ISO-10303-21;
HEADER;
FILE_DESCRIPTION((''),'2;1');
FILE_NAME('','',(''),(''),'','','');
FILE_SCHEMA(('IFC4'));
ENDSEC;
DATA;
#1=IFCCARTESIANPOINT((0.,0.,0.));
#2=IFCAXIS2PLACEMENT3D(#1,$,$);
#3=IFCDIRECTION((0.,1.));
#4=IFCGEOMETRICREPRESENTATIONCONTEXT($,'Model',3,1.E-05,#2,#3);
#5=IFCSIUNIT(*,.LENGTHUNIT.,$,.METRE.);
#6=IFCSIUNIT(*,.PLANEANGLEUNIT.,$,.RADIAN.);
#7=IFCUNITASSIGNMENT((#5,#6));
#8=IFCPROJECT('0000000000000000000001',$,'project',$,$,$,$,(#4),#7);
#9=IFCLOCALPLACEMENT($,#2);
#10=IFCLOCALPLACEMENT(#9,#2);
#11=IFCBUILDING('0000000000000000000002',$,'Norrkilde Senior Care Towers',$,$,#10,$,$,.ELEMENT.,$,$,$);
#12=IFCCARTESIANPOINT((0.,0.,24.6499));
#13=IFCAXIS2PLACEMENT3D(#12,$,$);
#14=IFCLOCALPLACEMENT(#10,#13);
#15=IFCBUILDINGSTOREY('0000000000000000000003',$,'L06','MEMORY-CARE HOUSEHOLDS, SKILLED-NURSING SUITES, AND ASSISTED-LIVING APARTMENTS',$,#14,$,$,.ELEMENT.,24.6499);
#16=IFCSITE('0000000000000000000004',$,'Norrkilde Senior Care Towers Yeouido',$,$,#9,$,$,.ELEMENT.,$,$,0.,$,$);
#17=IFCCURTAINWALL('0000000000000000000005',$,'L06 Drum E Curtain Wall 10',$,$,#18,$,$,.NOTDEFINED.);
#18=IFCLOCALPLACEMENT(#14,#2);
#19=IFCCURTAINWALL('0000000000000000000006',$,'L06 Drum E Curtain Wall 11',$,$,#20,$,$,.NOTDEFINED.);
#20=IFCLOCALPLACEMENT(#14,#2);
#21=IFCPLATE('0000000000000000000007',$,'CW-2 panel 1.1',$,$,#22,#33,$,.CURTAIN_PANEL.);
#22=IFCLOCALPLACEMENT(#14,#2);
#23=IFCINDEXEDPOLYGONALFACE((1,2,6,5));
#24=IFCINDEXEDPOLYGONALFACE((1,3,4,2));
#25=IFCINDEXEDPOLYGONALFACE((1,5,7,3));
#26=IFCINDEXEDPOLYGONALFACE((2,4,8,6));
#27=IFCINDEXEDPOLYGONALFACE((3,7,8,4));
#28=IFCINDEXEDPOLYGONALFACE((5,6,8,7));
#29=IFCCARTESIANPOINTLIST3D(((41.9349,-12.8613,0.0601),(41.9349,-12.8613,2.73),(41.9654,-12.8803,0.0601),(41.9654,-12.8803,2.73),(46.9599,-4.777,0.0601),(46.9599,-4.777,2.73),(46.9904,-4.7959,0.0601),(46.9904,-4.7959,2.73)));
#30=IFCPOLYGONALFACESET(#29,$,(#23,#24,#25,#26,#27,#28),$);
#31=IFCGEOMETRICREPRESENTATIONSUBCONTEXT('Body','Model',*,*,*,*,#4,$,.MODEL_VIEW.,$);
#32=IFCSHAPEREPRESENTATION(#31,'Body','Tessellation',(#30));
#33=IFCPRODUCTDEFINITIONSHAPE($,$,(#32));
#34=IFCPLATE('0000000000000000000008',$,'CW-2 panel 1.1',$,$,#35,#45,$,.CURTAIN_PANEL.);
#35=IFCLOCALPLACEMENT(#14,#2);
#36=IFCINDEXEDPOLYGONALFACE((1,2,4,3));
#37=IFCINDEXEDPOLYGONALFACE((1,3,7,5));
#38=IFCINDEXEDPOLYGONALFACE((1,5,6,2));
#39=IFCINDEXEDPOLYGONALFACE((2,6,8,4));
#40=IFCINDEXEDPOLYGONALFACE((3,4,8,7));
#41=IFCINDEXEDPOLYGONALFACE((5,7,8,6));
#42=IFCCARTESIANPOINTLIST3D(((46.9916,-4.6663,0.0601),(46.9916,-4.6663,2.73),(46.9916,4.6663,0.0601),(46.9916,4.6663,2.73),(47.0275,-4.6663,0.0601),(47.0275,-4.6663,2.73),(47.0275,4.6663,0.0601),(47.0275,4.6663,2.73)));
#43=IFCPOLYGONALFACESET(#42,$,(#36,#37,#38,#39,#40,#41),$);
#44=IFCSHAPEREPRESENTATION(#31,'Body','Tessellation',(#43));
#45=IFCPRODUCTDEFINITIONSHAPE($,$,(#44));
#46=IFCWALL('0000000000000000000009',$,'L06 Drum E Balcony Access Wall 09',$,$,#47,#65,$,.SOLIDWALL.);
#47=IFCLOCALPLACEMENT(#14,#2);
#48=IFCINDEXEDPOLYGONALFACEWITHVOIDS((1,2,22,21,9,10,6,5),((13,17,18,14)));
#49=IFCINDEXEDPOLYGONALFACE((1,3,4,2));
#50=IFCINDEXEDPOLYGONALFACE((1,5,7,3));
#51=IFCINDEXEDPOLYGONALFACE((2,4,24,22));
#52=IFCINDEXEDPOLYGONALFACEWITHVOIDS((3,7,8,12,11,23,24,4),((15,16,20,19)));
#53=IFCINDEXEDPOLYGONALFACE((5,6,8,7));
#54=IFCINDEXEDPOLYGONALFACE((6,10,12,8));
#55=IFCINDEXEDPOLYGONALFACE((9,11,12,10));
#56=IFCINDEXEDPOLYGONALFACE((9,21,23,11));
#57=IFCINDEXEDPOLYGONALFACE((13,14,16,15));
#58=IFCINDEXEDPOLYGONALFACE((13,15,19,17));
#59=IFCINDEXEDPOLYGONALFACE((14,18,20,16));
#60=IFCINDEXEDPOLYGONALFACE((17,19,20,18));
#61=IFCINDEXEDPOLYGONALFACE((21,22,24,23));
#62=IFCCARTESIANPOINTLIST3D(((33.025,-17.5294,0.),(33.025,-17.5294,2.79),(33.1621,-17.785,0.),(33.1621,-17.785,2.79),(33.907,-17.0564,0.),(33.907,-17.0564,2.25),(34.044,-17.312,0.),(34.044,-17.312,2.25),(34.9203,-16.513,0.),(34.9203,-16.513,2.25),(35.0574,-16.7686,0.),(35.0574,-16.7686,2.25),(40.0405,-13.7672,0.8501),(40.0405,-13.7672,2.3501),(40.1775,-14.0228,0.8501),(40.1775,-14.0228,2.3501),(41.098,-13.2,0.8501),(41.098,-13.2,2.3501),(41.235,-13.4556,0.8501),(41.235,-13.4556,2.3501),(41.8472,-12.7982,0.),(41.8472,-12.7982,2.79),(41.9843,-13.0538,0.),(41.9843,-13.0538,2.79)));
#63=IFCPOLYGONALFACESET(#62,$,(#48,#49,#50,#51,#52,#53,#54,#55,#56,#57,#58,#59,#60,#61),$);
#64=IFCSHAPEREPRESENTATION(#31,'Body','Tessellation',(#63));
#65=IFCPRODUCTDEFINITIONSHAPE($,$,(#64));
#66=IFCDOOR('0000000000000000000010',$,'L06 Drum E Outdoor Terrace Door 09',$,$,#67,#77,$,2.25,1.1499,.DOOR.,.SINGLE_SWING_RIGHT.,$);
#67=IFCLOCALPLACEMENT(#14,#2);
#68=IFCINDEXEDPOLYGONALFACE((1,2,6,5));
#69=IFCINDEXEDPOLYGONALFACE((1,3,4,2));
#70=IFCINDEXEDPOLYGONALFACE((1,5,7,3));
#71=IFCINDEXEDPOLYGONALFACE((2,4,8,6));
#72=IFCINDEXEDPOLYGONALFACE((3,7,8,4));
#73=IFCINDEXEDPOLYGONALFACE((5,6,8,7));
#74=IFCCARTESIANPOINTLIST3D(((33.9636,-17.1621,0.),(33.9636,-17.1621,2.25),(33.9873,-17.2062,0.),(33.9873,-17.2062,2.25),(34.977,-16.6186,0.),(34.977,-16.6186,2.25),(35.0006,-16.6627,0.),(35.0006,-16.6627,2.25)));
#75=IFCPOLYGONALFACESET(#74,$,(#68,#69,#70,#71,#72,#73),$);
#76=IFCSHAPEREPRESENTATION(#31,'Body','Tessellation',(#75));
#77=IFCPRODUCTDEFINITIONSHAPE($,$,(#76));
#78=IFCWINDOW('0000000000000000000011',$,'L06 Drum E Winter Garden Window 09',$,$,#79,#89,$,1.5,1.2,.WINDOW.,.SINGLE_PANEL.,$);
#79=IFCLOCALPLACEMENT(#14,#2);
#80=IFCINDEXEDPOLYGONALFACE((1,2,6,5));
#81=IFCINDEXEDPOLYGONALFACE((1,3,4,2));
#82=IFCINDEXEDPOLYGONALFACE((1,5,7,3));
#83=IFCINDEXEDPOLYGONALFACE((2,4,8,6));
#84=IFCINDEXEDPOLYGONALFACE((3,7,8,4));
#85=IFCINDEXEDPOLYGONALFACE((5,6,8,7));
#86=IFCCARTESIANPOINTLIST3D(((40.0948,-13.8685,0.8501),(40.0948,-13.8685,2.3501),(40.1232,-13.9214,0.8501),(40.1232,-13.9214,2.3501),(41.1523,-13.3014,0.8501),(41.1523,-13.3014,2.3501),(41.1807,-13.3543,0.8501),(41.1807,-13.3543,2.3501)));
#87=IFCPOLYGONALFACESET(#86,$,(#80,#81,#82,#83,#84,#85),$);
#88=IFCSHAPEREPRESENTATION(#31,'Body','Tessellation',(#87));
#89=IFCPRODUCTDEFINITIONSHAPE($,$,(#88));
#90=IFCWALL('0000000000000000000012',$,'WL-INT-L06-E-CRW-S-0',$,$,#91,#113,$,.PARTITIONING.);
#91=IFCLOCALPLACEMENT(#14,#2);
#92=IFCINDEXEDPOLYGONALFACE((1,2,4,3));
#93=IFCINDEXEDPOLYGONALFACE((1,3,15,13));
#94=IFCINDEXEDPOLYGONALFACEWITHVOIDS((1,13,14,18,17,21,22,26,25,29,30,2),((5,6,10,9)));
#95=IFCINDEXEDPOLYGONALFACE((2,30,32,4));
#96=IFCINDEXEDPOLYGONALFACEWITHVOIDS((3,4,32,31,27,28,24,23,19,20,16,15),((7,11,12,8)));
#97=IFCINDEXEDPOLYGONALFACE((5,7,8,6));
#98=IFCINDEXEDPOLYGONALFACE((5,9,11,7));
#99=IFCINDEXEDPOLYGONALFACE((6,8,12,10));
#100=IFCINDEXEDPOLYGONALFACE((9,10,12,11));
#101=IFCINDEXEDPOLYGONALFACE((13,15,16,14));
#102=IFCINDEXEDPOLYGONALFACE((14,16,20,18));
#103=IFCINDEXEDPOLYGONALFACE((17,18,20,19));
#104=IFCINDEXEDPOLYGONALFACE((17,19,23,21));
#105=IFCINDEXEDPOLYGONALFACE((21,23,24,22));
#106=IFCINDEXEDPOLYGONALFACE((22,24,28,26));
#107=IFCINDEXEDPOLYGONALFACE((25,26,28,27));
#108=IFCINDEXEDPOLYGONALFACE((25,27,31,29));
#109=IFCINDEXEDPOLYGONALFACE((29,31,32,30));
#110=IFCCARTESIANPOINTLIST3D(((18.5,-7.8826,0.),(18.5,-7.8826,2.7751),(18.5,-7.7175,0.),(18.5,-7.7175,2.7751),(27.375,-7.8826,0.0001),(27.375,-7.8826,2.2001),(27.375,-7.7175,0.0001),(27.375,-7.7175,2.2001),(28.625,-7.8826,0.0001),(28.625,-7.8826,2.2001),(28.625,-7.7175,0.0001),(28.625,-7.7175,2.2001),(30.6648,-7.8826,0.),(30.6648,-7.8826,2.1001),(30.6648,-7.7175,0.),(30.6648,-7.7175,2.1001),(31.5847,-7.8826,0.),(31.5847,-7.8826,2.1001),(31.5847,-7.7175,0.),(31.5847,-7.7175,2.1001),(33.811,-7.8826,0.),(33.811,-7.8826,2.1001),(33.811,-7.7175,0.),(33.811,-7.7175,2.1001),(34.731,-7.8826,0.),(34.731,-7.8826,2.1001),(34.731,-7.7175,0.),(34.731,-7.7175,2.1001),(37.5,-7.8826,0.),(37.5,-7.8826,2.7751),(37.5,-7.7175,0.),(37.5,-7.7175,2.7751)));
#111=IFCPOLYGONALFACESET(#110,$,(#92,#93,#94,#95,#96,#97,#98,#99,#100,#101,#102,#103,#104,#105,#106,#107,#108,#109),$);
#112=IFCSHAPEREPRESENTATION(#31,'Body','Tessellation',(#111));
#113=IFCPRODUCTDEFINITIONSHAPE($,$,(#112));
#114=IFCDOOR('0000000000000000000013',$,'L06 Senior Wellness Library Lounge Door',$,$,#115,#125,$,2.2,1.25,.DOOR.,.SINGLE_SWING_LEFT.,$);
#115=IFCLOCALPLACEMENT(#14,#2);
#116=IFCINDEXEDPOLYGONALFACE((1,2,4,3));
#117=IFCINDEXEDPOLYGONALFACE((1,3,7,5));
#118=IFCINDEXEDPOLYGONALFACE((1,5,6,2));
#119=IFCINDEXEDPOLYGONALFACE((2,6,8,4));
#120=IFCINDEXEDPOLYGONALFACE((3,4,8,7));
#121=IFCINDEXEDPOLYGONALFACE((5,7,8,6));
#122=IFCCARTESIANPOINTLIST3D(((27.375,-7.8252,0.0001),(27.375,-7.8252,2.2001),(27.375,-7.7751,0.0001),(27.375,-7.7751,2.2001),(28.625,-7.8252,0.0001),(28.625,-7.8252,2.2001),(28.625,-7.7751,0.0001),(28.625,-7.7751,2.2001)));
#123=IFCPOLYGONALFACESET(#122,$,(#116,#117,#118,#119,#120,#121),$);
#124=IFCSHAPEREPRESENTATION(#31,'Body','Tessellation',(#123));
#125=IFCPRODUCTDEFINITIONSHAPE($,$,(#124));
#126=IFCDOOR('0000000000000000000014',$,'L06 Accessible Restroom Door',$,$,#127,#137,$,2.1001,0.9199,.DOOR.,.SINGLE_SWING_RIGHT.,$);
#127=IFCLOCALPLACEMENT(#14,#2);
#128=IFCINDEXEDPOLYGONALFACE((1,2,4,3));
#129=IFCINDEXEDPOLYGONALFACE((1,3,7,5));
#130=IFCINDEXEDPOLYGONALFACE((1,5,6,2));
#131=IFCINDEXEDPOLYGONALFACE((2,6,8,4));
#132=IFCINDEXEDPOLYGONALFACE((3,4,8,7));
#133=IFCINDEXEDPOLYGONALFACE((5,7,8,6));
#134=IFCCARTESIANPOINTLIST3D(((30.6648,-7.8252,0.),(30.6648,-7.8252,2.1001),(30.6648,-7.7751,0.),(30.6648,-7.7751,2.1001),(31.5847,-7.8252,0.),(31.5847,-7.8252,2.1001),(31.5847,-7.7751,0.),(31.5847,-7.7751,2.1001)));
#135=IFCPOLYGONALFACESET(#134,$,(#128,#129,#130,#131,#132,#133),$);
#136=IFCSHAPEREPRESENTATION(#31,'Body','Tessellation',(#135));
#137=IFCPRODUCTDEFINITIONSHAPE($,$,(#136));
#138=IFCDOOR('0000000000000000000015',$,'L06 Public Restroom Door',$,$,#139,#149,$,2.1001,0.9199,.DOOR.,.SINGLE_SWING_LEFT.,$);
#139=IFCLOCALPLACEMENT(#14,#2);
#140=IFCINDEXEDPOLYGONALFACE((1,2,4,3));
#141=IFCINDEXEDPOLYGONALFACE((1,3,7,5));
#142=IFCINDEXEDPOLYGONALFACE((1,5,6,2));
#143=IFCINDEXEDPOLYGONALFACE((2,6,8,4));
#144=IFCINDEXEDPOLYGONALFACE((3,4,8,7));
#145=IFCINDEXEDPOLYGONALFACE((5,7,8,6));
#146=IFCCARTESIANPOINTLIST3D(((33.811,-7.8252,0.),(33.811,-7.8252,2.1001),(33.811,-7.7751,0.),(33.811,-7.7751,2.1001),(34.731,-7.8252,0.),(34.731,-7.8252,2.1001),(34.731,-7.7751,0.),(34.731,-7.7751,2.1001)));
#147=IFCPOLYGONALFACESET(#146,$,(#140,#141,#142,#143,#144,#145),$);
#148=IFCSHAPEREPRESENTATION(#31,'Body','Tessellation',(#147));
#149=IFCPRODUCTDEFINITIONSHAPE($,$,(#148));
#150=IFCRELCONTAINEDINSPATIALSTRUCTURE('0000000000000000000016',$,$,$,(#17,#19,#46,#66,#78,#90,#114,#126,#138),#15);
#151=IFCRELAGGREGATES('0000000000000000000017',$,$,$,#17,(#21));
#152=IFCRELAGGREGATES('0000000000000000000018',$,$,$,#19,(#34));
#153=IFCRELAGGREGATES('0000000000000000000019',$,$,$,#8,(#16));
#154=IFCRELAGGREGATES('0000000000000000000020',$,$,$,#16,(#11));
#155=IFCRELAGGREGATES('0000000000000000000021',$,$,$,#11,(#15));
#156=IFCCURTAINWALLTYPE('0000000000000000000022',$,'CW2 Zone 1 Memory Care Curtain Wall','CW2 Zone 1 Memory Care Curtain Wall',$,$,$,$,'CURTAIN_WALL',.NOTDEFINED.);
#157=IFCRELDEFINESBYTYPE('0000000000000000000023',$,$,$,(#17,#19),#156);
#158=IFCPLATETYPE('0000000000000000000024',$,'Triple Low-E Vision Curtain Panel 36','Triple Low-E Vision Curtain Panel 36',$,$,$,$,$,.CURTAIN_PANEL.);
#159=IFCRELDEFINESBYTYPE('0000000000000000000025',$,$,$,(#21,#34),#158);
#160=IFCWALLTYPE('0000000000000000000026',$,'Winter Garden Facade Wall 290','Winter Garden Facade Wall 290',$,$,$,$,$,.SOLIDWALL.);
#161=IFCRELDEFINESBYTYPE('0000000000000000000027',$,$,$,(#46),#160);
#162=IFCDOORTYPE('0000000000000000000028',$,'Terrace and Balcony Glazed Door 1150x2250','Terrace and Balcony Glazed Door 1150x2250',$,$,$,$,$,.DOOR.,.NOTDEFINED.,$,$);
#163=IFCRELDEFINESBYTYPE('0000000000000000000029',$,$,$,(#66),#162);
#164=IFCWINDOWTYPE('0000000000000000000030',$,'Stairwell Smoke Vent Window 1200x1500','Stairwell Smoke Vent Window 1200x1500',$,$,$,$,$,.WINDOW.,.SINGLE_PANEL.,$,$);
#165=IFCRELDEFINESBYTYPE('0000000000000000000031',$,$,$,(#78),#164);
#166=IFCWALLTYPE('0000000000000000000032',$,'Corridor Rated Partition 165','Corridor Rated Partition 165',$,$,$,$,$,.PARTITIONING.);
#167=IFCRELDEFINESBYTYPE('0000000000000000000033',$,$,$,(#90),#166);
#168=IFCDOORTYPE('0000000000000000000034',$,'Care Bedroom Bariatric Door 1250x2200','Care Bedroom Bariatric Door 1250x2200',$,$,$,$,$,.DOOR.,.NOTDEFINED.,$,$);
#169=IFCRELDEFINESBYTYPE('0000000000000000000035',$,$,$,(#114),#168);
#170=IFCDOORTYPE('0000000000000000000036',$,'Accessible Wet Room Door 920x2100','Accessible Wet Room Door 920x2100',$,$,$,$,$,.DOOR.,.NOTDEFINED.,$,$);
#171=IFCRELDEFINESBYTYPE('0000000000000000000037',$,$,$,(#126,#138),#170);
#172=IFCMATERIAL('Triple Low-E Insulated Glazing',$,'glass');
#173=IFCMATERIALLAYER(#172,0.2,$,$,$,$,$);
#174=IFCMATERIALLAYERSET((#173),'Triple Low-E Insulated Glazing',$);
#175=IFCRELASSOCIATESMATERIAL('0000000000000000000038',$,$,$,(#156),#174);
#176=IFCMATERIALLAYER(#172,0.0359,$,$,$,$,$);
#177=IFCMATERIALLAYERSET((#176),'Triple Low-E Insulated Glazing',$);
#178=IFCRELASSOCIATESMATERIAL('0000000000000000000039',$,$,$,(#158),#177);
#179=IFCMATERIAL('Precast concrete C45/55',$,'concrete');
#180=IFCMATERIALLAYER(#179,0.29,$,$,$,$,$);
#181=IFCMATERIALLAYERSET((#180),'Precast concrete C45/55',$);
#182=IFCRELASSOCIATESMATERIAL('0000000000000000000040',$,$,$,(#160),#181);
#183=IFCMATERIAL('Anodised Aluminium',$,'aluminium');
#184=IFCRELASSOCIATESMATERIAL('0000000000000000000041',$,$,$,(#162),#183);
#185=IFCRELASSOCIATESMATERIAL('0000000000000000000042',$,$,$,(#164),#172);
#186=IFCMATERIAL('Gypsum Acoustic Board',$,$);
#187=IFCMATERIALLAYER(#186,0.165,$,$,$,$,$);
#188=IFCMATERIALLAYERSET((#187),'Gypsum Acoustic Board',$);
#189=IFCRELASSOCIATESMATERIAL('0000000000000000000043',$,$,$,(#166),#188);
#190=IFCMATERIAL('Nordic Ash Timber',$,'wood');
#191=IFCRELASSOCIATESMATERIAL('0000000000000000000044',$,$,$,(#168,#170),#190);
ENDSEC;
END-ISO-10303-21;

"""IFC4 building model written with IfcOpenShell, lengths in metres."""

from ifc_helpers import new_model, si_unit, direction, frame, frame_2d, origin, origin_2d, place, context, subcontext, project, spatial, rectangle, extrude, source, transform, mapped, material, layer, layer_set, type_object, type_shapes, element, fill, aggregate, save


model = new_model("IFC4")

# Units and contexts
model_context = context("Model", 3, precision=1e-05, world=origin(), true_north=direction((0.0, 1.0)))
body_context = subcontext(model_context, "Body", "Model", "MODEL_VIEW")
ifc_project = project(units=[si_unit("LENGTHUNIT", "METRE"), si_unit("PLANEANGLEUNIT", "RADIAN")], contexts=[model_context])

# Site, building, storey
site_placement = place(None, origin())
site = spatial("IfcSite", under=ifc_project, at=site_placement, Name="Norrkilde Senior Care Towers Yeouido", CompositionType="ELEMENT", RefElevation=0.0)
building_placement = place(site_placement, origin())
building = spatial("IfcBuilding", under=site, at=building_placement, Name="Norrkilde Senior Care Towers", CompositionType="ELEMENT")
storey_placement = place(building_placement, frame((0.0, 0.0, 24.6499)))
storey = spatial("IfcBuildingStorey", under=building, at=storey_placement, Name="L06", Description="MEMORY-CARE HOUSEHOLDS, SKILLED-NURSING SUITES, AND ASSISTED-LIVING APARTMENTS", CompositionType="ELEMENT", Elevation=24.6499)

# Curtain wall
ifc_material_1 = material(Name="Triple Low-E Insulated Glazing", Category="glass")
ifc_layer_1 = layer(ifc_material_1, 0.2)
ifc_layer_set_1 = layer_set([ifc_layer_1], Name="Triple Low-E Insulated Glazing")
curtain_wall_type = type_object("IfcCurtainWallType", Name="CW2 Zone 1 Memory Care Curtain Wall", Description="CW2 Zone 1 Memory Care Curtain Wall", ElementType="CURTAIN_WALL", PredefinedType="NOTDEFINED", material=ifc_layer_set_1)
curtain_wall_1_placement = place(storey_placement, origin())
curtain_wall_1 = element("IfcCurtainWall", 1, at=curtain_wall_1_placement, inside=storey, type_object=curtain_wall_type, Name="L06 Drum E Curtain Wall 10", PredefinedType="NOTDEFINED")
ifc_material_2 = material(Name="Anodised Aluminium", Category="aluminium")

# Curtain wall
curtain_wall_2_placement = place(storey_placement, origin())
curtain_wall_2 = element("IfcCurtainWall", 2, at=curtain_wall_2_placement, inside=storey, type_object=curtain_wall_type, Name="L06 Drum E Curtain Wall 11", PredefinedType="NOTDEFINED")

# Plates
ifc_layer_2 = layer(ifc_material_1, 0.0359)
ifc_layer_set_2 = layer_set([ifc_layer_2], Name="Triple Low-E Insulated Glazing")
plate_type = type_object("IfcPlateType", Name="Triple Low-E Vision Curtain Panel 36", Description="Triple Low-E Vision Curtain Panel 36", PredefinedType="CURTAIN_PANEL", material=ifc_layer_set_2)
shared_shape_1 = source(origin(), body_context, "Body", "SweptSolid", [
    extrude(rectangle(XDim=9.5188, YDim=0.0359, at=origin_2d()), origin(), (0.0, 0.0, 1.0), 2.6699),
])
plate_1_placement = place(storey_placement, frame((44.4626, -8.8286, 0.0601), z_axis=(0.0, 0.0, 1.0), x_axis=(-0.527901, -0.849306, 0.0)))
plate_1 = element("IfcPlate", 3, at=plate_1_placement, type_object=plate_type, Name="CW-2 panel 1.1", PredefinedType="CURTAIN_PANEL", context=body_context, shape_type="MappedRepresentation", body=[
    mapped(shared_shape_1, transform((0.0, 0.0, 0.0), x_axis=(1.0, 0.0, 0.0), y_axis=(0.0, 1.0, 0.0), z_axis=(0.0, 0.0, 1.0), scale=1.0)),
])
aggregate(curtain_wall_1, [plate_1])
shared_shape_2 = source(origin(), body_context, "Body", "SweptSolid", [
    extrude(rectangle(XDim=9.3325, YDim=0.0359, at=origin_2d()), origin(), (0.0, 0.0, 1.0), 2.6699),
])
type_shapes(plate_type, [shared_shape_1, shared_shape_2])
plate_2_placement = place(storey_placement, frame((47.0095, 0.0, 0.0601), z_axis=(0.0, 0.0, 1.0), x_axis=(0.0, -1.0, 0.0)))
plate_2 = element("IfcPlate", 4, at=plate_2_placement, type_object=plate_type, Name="CW-2 panel 1.1", PredefinedType="CURTAIN_PANEL", context=body_context, shape_type="MappedRepresentation", body=[
    mapped(shared_shape_2, transform((0.0, 0.0, 0.0), x_axis=(1.0, 0.0, 0.0), y_axis=(0.0, 1.0, 0.0), z_axis=(0.0, 0.0, 1.0), scale=1.0)),
])
aggregate(curtain_wall_2, [plate_2])

# Wall, openings, door, window
ifc_material_3 = material(Name="Precast concrete C45/55", Category="concrete")
ifc_layer_3 = layer(ifc_material_3, 0.29)
ifc_layer_set_3 = layer_set([ifc_layer_3], Name="Precast concrete C45/55")
wall_type_1 = type_object("IfcWallType", Name="Winter Garden Facade Wall 290", Description="Winter Garden Facade Wall 290", PredefinedType="SOLIDWALL", material=ifc_layer_set_3)
shared_shape_3 = source(origin(), body_context, "Body", "SweptSolid", [
    extrude(rectangle(XDim=10.0107, YDim=0.29, at=frame_2d((5.0054, 0.0))), origin(), (0.0, 0.0, 1.0), 2.79),
])
type_shapes(wall_type_1, [shared_shape_3])
wall_1_placement = place(storey_placement, frame((41.9158, -12.926, 0.0), z_axis=(0.0, 0.0, 1.0), x_axis=(-0.881273, -0.472608, 0.0)))
wall_1 = element("IfcWall", 5, at=wall_1_placement, inside=storey, type_object=wall_type_1, Name="L06 Drum E Balcony Access Wall 09", PredefinedType="SOLIDWALL", context=body_context, shape_type="MappedRepresentation", body=[
    mapped(shared_shape_3, transform((0.0, 0.0, 0.0), x_axis=(1.0, 0.0, 0.0), y_axis=(0.0, 1.0, 0.0), z_axis=(0.0, 0.0, 1.0), scale=1.0)),
])
opening_1_placement = place(wall_1_placement, frame((7.8601, 0.0, 0.0)))
opening_1 = element("IfcOpeningElement", 6, at=opening_1_placement, cuts=wall_1, PredefinedType="OPENING", context=body_context, shape_type="SweptSolid", body=[
    extrude(rectangle(XDim=1.1499, YDim=2.25, at=frame_2d((0.575, 1.125))), frame((0.0, 0.155, 0.0), z_axis=(0.0, -1.0, 0.0), x_axis=(1.0, 0.0, 0.0)), (0.0, 0.0, 1.0), 0.3101),
])
opening_2_placement = place(wall_1_placement, frame((0.8501, 0.0, 0.8501)))
opening_2 = element("IfcOpeningElement", 7, at=opening_2_placement, cuts=wall_1, PredefinedType="OPENING", context=body_context, shape_type="SweptSolid", body=[
    extrude(rectangle(XDim=1.2, YDim=1.5, at=frame_2d((0.6001, 0.75))), frame((0.0, 0.155, 0.0), z_axis=(0.0, -1.0, 0.0), x_axis=(1.0, 0.0, 0.0)), (0.0, 0.0, 1.0), 0.3101),
])
door_type_1 = type_object("IfcDoorType", Name="Terrace and Balcony Glazed Door 1150x2250", Description="Terrace and Balcony Glazed Door 1150x2250", OperationType="NOTDEFINED", PredefinedType="DOOR", material=ifc_material_2)
shared_shape_4 = source(origin(), body_context, "Body", "SweptSolid", [
    extrude(rectangle(XDim=1.1499, YDim=2.25, at=frame_2d((0.575, 1.125))), frame((0.0, 0.0249, 0.0), z_axis=(0.0, -1.0, 0.0), x_axis=(1.0, 0.0, 0.0)), (0.0, 0.0, 1.0), 0.05),
])
type_shapes(door_type_1, [shared_shape_4])
door_1_placement = place(opening_1_placement, origin())
door_1 = element("IfcDoor", 8, at=door_1_placement, inside=storey, type_object=door_type_1, Name="L06 Drum E Outdoor Terrace Door 09", OperationType="SINGLE_SWING_RIGHT", OverallHeight=2.25, OverallWidth=1.1499, PredefinedType="DOOR", context=body_context, shape_type="MappedRepresentation", body=[
    mapped(shared_shape_4, transform((0.0, 0.0, 0.0), x_axis=(1.0, 0.0, 0.0), y_axis=(0.0, 1.0, 0.0), z_axis=(0.0, 0.0, 1.0), scale=1.0)),
])
fill(opening_1, door_1)
window_type = type_object("IfcWindowType", Name="Stairwell Smoke Vent Window 1200x1500", Description="Stairwell Smoke Vent Window 1200x1500", PartitioningType="SINGLE_PANEL", PredefinedType="WINDOW", material=ifc_material_1)
shared_shape_5 = source(origin(), body_context, "Body", "SweptSolid", [
    extrude(rectangle(XDim=1.2, YDim=1.5, at=frame_2d((0.6001, 0.75))), frame((0.0, 0.03, 0.0), z_axis=(0.0, -1.0, 0.0), x_axis=(1.0, 0.0, 0.0)), (0.0, 0.0, 1.0), 0.0601),
])
type_shapes(window_type, [shared_shape_5])
window_placement = place(opening_2_placement, origin())
window = element("IfcWindow", 9, at=window_placement, inside=storey, type_object=window_type, Name="L06 Drum E Winter Garden Window 09", OverallHeight=1.5, OverallWidth=1.2, PartitioningType="SINGLE_PANEL", PredefinedType="WINDOW", context=body_context, shape_type="MappedRepresentation", body=[
    mapped(shared_shape_5, transform((0.0, 0.0, 0.0), x_axis=(1.0, 0.0, 0.0), y_axis=(0.0, 1.0, 0.0), z_axis=(0.0, 0.0, 1.0), scale=1.0)),
])
fill(opening_2, window)

# Wall, openings, doors
ifc_material_4 = material(Name="Gypsum Acoustic Board")
ifc_layer_4 = layer(ifc_material_4, 0.165)
ifc_layer_set_4 = layer_set([ifc_layer_4], Name="Gypsum Acoustic Board")
wall_type_2 = type_object("IfcWallType", Name="Corridor Rated Partition 165", Description="Corridor Rated Partition 165", PredefinedType="PARTITIONING", material=ifc_layer_set_4)
shared_shape_6 = source(origin(), body_context, "Body", "SweptSolid", [
    extrude(rectangle(XDim=19.0, YDim=0.165, at=frame_2d((9.5, 0.0))), origin(), (0.0, 0.0, 1.0), 2.7751),
])
type_shapes(wall_type_2, [shared_shape_6])
wall_2_placement = place(storey_placement, frame((37.5, -7.8, 0.0), z_axis=(0.0, 0.0, 1.0), x_axis=(-1.0, 0.0, 0.0)))
wall_2 = element("IfcWall", 10, at=wall_2_placement, inside=storey, type_object=wall_type_2, Name="WL-INT-L06-E-CRW-S-0", PredefinedType="PARTITIONING", context=body_context, shape_type="MappedRepresentation", body=[
    mapped(shared_shape_6, transform((0.0, 0.0, 0.0), x_axis=(1.0, 0.0, 0.0), y_axis=(0.0, 1.0, 0.0), z_axis=(0.0, 0.0, 1.0), scale=1.0)),
])
opening_3_placement = place(wall_2_placement, frame((8.875, 0.0, 0.0)))
opening_3 = element("IfcOpeningElement", 11, at=opening_3_placement, cuts=wall_2, PredefinedType="OPENING", context=body_context, shape_type="SweptSolid", body=[
    extrude(rectangle(XDim=1.25, YDim=2.2, at=frame_2d((0.625, 1.1001))), frame((0.0, 0.0925, 0.0), z_axis=(0.0, -1.0, 0.0), x_axis=(1.0, 0.0, 0.0)), (0.0, 0.0, 1.0), 0.1851),
])
opening_4_placement = place(wall_2_placement, frame((5.9153, 0.0, 0.0)))
opening_4 = element("IfcOpeningElement", 12, at=opening_4_placement, cuts=wall_2, PredefinedType="OPENING", context=body_context, shape_type="SweptSolid", body=[
    extrude(rectangle(XDim=0.9199, YDim=2.1001, at=frame_2d((0.46, 1.05))), frame((0.0, 0.0925, 0.0), z_axis=(0.0, -1.0, 0.0), x_axis=(1.0, 0.0, 0.0)), (0.0, 0.0, 1.0), 0.1851),
])
opening_5_placement = place(wall_2_placement, frame((2.769, 0.0, 0.0)))
opening_5 = element("IfcOpeningElement", 13, at=opening_5_placement, cuts=wall_2, PredefinedType="OPENING", context=body_context, shape_type="SweptSolid", body=[
    extrude(rectangle(XDim=0.9199, YDim=2.1001, at=frame_2d((0.46, 1.05))), frame((0.0, 0.0925, 0.0), z_axis=(0.0, -1.0, 0.0), x_axis=(1.0, 0.0, 0.0)), (0.0, 0.0, 1.0), 0.1851),
])
ifc_material_5 = material(Name="Nordic Ash Timber", Category="wood")
door_type_2 = type_object("IfcDoorType", Name="Care Bedroom Bariatric Door 1250x2200", Description="Care Bedroom Bariatric Door 1250x2200", OperationType="NOTDEFINED", PredefinedType="DOOR", material=ifc_material_5)
shared_shape_7 = source(origin(), body_context, "Body", "SweptSolid", [
    extrude(rectangle(XDim=1.25, YDim=2.2, at=frame_2d((0.625, 1.1001))), frame((0.0, 0.0249, 0.0), z_axis=(0.0, -1.0, 0.0), x_axis=(1.0, 0.0, 0.0)), (0.0, 0.0, 1.0), 0.05),
])
type_shapes(door_type_2, [shared_shape_7])
door_2_placement = place(opening_3_placement, frame((1.25, 0.0, 0.0), z_axis=(0.0, 0.0, 1.0), x_axis=(-1.0, 0.0, 0.0)))
door_2 = element("IfcDoor", 14, at=door_2_placement, inside=storey, type_object=door_type_2, Name="L06 Senior Wellness Library Lounge Door", OperationType="SINGLE_SWING_LEFT", OverallHeight=2.2, OverallWidth=1.25, PredefinedType="DOOR", context=body_context, shape_type="MappedRepresentation", body=[
    mapped(shared_shape_7, transform((0.0, 0.0, 0.0), x_axis=(1.0, 0.0, 0.0), y_axis=(0.0, 1.0, 0.0), z_axis=(0.0, 0.0, 1.0), scale=1.0)),
])
fill(opening_3, door_2)
door_type_3 = type_object("IfcDoorType", Name="Accessible Wet Room Door 920x2100", Description="Accessible Wet Room Door 920x2100", OperationType="NOTDEFINED", PredefinedType="DOOR", material=ifc_material_5)
shared_shape_8 = source(origin(), body_context, "Body", "SweptSolid", [
    extrude(rectangle(XDim=0.9199, YDim=2.1001, at=frame_2d((0.46, 1.05))), frame((0.0, 0.0249, 0.0), z_axis=(0.0, -1.0, 0.0), x_axis=(1.0, 0.0, 0.0)), (0.0, 0.0, 1.0), 0.05),
])
type_shapes(door_type_3, [shared_shape_8])
door_3_placement = place(opening_4_placement, frame((0.9199, 0.0, 0.0), z_axis=(0.0, 0.0, 1.0), x_axis=(-1.0, 0.0, 0.0)))
door_3 = element("IfcDoor", 15, at=door_3_placement, inside=storey, type_object=door_type_3, Name="L06 Accessible Restroom Door", OperationType="SINGLE_SWING_RIGHT", OverallHeight=2.1001, OverallWidth=0.9199, PredefinedType="DOOR", context=body_context, shape_type="MappedRepresentation", body=[
    mapped(shared_shape_8, transform((0.0, 0.0, 0.0), x_axis=(1.0, 0.0, 0.0), y_axis=(0.0, 1.0, 0.0), z_axis=(0.0, 0.0, 1.0), scale=1.0)),
])
fill(opening_4, door_3)
door_4_placement = place(opening_5_placement, frame((0.9199, 0.0, 0.0), z_axis=(0.0, 0.0, 1.0), x_axis=(-1.0, 0.0, 0.0)))
door_4 = element("IfcDoor", 16, at=door_4_placement, inside=storey, type_object=door_type_3, Name="L06 Public Restroom Door", OperationType="SINGLE_SWING_LEFT", OverallHeight=2.1001, OverallWidth=0.9199, PredefinedType="DOOR", context=body_context, shape_type="MappedRepresentation", body=[
    mapped(shared_shape_8, transform((0.0, 0.0, 0.0), x_axis=(1.0, 0.0, 0.0), y_axis=(0.0, 1.0, 0.0), z_axis=(0.0, 0.0, 1.0), scale=1.0)),
])
fill(opening_5, door_4)

save(model, "model.ifc")
